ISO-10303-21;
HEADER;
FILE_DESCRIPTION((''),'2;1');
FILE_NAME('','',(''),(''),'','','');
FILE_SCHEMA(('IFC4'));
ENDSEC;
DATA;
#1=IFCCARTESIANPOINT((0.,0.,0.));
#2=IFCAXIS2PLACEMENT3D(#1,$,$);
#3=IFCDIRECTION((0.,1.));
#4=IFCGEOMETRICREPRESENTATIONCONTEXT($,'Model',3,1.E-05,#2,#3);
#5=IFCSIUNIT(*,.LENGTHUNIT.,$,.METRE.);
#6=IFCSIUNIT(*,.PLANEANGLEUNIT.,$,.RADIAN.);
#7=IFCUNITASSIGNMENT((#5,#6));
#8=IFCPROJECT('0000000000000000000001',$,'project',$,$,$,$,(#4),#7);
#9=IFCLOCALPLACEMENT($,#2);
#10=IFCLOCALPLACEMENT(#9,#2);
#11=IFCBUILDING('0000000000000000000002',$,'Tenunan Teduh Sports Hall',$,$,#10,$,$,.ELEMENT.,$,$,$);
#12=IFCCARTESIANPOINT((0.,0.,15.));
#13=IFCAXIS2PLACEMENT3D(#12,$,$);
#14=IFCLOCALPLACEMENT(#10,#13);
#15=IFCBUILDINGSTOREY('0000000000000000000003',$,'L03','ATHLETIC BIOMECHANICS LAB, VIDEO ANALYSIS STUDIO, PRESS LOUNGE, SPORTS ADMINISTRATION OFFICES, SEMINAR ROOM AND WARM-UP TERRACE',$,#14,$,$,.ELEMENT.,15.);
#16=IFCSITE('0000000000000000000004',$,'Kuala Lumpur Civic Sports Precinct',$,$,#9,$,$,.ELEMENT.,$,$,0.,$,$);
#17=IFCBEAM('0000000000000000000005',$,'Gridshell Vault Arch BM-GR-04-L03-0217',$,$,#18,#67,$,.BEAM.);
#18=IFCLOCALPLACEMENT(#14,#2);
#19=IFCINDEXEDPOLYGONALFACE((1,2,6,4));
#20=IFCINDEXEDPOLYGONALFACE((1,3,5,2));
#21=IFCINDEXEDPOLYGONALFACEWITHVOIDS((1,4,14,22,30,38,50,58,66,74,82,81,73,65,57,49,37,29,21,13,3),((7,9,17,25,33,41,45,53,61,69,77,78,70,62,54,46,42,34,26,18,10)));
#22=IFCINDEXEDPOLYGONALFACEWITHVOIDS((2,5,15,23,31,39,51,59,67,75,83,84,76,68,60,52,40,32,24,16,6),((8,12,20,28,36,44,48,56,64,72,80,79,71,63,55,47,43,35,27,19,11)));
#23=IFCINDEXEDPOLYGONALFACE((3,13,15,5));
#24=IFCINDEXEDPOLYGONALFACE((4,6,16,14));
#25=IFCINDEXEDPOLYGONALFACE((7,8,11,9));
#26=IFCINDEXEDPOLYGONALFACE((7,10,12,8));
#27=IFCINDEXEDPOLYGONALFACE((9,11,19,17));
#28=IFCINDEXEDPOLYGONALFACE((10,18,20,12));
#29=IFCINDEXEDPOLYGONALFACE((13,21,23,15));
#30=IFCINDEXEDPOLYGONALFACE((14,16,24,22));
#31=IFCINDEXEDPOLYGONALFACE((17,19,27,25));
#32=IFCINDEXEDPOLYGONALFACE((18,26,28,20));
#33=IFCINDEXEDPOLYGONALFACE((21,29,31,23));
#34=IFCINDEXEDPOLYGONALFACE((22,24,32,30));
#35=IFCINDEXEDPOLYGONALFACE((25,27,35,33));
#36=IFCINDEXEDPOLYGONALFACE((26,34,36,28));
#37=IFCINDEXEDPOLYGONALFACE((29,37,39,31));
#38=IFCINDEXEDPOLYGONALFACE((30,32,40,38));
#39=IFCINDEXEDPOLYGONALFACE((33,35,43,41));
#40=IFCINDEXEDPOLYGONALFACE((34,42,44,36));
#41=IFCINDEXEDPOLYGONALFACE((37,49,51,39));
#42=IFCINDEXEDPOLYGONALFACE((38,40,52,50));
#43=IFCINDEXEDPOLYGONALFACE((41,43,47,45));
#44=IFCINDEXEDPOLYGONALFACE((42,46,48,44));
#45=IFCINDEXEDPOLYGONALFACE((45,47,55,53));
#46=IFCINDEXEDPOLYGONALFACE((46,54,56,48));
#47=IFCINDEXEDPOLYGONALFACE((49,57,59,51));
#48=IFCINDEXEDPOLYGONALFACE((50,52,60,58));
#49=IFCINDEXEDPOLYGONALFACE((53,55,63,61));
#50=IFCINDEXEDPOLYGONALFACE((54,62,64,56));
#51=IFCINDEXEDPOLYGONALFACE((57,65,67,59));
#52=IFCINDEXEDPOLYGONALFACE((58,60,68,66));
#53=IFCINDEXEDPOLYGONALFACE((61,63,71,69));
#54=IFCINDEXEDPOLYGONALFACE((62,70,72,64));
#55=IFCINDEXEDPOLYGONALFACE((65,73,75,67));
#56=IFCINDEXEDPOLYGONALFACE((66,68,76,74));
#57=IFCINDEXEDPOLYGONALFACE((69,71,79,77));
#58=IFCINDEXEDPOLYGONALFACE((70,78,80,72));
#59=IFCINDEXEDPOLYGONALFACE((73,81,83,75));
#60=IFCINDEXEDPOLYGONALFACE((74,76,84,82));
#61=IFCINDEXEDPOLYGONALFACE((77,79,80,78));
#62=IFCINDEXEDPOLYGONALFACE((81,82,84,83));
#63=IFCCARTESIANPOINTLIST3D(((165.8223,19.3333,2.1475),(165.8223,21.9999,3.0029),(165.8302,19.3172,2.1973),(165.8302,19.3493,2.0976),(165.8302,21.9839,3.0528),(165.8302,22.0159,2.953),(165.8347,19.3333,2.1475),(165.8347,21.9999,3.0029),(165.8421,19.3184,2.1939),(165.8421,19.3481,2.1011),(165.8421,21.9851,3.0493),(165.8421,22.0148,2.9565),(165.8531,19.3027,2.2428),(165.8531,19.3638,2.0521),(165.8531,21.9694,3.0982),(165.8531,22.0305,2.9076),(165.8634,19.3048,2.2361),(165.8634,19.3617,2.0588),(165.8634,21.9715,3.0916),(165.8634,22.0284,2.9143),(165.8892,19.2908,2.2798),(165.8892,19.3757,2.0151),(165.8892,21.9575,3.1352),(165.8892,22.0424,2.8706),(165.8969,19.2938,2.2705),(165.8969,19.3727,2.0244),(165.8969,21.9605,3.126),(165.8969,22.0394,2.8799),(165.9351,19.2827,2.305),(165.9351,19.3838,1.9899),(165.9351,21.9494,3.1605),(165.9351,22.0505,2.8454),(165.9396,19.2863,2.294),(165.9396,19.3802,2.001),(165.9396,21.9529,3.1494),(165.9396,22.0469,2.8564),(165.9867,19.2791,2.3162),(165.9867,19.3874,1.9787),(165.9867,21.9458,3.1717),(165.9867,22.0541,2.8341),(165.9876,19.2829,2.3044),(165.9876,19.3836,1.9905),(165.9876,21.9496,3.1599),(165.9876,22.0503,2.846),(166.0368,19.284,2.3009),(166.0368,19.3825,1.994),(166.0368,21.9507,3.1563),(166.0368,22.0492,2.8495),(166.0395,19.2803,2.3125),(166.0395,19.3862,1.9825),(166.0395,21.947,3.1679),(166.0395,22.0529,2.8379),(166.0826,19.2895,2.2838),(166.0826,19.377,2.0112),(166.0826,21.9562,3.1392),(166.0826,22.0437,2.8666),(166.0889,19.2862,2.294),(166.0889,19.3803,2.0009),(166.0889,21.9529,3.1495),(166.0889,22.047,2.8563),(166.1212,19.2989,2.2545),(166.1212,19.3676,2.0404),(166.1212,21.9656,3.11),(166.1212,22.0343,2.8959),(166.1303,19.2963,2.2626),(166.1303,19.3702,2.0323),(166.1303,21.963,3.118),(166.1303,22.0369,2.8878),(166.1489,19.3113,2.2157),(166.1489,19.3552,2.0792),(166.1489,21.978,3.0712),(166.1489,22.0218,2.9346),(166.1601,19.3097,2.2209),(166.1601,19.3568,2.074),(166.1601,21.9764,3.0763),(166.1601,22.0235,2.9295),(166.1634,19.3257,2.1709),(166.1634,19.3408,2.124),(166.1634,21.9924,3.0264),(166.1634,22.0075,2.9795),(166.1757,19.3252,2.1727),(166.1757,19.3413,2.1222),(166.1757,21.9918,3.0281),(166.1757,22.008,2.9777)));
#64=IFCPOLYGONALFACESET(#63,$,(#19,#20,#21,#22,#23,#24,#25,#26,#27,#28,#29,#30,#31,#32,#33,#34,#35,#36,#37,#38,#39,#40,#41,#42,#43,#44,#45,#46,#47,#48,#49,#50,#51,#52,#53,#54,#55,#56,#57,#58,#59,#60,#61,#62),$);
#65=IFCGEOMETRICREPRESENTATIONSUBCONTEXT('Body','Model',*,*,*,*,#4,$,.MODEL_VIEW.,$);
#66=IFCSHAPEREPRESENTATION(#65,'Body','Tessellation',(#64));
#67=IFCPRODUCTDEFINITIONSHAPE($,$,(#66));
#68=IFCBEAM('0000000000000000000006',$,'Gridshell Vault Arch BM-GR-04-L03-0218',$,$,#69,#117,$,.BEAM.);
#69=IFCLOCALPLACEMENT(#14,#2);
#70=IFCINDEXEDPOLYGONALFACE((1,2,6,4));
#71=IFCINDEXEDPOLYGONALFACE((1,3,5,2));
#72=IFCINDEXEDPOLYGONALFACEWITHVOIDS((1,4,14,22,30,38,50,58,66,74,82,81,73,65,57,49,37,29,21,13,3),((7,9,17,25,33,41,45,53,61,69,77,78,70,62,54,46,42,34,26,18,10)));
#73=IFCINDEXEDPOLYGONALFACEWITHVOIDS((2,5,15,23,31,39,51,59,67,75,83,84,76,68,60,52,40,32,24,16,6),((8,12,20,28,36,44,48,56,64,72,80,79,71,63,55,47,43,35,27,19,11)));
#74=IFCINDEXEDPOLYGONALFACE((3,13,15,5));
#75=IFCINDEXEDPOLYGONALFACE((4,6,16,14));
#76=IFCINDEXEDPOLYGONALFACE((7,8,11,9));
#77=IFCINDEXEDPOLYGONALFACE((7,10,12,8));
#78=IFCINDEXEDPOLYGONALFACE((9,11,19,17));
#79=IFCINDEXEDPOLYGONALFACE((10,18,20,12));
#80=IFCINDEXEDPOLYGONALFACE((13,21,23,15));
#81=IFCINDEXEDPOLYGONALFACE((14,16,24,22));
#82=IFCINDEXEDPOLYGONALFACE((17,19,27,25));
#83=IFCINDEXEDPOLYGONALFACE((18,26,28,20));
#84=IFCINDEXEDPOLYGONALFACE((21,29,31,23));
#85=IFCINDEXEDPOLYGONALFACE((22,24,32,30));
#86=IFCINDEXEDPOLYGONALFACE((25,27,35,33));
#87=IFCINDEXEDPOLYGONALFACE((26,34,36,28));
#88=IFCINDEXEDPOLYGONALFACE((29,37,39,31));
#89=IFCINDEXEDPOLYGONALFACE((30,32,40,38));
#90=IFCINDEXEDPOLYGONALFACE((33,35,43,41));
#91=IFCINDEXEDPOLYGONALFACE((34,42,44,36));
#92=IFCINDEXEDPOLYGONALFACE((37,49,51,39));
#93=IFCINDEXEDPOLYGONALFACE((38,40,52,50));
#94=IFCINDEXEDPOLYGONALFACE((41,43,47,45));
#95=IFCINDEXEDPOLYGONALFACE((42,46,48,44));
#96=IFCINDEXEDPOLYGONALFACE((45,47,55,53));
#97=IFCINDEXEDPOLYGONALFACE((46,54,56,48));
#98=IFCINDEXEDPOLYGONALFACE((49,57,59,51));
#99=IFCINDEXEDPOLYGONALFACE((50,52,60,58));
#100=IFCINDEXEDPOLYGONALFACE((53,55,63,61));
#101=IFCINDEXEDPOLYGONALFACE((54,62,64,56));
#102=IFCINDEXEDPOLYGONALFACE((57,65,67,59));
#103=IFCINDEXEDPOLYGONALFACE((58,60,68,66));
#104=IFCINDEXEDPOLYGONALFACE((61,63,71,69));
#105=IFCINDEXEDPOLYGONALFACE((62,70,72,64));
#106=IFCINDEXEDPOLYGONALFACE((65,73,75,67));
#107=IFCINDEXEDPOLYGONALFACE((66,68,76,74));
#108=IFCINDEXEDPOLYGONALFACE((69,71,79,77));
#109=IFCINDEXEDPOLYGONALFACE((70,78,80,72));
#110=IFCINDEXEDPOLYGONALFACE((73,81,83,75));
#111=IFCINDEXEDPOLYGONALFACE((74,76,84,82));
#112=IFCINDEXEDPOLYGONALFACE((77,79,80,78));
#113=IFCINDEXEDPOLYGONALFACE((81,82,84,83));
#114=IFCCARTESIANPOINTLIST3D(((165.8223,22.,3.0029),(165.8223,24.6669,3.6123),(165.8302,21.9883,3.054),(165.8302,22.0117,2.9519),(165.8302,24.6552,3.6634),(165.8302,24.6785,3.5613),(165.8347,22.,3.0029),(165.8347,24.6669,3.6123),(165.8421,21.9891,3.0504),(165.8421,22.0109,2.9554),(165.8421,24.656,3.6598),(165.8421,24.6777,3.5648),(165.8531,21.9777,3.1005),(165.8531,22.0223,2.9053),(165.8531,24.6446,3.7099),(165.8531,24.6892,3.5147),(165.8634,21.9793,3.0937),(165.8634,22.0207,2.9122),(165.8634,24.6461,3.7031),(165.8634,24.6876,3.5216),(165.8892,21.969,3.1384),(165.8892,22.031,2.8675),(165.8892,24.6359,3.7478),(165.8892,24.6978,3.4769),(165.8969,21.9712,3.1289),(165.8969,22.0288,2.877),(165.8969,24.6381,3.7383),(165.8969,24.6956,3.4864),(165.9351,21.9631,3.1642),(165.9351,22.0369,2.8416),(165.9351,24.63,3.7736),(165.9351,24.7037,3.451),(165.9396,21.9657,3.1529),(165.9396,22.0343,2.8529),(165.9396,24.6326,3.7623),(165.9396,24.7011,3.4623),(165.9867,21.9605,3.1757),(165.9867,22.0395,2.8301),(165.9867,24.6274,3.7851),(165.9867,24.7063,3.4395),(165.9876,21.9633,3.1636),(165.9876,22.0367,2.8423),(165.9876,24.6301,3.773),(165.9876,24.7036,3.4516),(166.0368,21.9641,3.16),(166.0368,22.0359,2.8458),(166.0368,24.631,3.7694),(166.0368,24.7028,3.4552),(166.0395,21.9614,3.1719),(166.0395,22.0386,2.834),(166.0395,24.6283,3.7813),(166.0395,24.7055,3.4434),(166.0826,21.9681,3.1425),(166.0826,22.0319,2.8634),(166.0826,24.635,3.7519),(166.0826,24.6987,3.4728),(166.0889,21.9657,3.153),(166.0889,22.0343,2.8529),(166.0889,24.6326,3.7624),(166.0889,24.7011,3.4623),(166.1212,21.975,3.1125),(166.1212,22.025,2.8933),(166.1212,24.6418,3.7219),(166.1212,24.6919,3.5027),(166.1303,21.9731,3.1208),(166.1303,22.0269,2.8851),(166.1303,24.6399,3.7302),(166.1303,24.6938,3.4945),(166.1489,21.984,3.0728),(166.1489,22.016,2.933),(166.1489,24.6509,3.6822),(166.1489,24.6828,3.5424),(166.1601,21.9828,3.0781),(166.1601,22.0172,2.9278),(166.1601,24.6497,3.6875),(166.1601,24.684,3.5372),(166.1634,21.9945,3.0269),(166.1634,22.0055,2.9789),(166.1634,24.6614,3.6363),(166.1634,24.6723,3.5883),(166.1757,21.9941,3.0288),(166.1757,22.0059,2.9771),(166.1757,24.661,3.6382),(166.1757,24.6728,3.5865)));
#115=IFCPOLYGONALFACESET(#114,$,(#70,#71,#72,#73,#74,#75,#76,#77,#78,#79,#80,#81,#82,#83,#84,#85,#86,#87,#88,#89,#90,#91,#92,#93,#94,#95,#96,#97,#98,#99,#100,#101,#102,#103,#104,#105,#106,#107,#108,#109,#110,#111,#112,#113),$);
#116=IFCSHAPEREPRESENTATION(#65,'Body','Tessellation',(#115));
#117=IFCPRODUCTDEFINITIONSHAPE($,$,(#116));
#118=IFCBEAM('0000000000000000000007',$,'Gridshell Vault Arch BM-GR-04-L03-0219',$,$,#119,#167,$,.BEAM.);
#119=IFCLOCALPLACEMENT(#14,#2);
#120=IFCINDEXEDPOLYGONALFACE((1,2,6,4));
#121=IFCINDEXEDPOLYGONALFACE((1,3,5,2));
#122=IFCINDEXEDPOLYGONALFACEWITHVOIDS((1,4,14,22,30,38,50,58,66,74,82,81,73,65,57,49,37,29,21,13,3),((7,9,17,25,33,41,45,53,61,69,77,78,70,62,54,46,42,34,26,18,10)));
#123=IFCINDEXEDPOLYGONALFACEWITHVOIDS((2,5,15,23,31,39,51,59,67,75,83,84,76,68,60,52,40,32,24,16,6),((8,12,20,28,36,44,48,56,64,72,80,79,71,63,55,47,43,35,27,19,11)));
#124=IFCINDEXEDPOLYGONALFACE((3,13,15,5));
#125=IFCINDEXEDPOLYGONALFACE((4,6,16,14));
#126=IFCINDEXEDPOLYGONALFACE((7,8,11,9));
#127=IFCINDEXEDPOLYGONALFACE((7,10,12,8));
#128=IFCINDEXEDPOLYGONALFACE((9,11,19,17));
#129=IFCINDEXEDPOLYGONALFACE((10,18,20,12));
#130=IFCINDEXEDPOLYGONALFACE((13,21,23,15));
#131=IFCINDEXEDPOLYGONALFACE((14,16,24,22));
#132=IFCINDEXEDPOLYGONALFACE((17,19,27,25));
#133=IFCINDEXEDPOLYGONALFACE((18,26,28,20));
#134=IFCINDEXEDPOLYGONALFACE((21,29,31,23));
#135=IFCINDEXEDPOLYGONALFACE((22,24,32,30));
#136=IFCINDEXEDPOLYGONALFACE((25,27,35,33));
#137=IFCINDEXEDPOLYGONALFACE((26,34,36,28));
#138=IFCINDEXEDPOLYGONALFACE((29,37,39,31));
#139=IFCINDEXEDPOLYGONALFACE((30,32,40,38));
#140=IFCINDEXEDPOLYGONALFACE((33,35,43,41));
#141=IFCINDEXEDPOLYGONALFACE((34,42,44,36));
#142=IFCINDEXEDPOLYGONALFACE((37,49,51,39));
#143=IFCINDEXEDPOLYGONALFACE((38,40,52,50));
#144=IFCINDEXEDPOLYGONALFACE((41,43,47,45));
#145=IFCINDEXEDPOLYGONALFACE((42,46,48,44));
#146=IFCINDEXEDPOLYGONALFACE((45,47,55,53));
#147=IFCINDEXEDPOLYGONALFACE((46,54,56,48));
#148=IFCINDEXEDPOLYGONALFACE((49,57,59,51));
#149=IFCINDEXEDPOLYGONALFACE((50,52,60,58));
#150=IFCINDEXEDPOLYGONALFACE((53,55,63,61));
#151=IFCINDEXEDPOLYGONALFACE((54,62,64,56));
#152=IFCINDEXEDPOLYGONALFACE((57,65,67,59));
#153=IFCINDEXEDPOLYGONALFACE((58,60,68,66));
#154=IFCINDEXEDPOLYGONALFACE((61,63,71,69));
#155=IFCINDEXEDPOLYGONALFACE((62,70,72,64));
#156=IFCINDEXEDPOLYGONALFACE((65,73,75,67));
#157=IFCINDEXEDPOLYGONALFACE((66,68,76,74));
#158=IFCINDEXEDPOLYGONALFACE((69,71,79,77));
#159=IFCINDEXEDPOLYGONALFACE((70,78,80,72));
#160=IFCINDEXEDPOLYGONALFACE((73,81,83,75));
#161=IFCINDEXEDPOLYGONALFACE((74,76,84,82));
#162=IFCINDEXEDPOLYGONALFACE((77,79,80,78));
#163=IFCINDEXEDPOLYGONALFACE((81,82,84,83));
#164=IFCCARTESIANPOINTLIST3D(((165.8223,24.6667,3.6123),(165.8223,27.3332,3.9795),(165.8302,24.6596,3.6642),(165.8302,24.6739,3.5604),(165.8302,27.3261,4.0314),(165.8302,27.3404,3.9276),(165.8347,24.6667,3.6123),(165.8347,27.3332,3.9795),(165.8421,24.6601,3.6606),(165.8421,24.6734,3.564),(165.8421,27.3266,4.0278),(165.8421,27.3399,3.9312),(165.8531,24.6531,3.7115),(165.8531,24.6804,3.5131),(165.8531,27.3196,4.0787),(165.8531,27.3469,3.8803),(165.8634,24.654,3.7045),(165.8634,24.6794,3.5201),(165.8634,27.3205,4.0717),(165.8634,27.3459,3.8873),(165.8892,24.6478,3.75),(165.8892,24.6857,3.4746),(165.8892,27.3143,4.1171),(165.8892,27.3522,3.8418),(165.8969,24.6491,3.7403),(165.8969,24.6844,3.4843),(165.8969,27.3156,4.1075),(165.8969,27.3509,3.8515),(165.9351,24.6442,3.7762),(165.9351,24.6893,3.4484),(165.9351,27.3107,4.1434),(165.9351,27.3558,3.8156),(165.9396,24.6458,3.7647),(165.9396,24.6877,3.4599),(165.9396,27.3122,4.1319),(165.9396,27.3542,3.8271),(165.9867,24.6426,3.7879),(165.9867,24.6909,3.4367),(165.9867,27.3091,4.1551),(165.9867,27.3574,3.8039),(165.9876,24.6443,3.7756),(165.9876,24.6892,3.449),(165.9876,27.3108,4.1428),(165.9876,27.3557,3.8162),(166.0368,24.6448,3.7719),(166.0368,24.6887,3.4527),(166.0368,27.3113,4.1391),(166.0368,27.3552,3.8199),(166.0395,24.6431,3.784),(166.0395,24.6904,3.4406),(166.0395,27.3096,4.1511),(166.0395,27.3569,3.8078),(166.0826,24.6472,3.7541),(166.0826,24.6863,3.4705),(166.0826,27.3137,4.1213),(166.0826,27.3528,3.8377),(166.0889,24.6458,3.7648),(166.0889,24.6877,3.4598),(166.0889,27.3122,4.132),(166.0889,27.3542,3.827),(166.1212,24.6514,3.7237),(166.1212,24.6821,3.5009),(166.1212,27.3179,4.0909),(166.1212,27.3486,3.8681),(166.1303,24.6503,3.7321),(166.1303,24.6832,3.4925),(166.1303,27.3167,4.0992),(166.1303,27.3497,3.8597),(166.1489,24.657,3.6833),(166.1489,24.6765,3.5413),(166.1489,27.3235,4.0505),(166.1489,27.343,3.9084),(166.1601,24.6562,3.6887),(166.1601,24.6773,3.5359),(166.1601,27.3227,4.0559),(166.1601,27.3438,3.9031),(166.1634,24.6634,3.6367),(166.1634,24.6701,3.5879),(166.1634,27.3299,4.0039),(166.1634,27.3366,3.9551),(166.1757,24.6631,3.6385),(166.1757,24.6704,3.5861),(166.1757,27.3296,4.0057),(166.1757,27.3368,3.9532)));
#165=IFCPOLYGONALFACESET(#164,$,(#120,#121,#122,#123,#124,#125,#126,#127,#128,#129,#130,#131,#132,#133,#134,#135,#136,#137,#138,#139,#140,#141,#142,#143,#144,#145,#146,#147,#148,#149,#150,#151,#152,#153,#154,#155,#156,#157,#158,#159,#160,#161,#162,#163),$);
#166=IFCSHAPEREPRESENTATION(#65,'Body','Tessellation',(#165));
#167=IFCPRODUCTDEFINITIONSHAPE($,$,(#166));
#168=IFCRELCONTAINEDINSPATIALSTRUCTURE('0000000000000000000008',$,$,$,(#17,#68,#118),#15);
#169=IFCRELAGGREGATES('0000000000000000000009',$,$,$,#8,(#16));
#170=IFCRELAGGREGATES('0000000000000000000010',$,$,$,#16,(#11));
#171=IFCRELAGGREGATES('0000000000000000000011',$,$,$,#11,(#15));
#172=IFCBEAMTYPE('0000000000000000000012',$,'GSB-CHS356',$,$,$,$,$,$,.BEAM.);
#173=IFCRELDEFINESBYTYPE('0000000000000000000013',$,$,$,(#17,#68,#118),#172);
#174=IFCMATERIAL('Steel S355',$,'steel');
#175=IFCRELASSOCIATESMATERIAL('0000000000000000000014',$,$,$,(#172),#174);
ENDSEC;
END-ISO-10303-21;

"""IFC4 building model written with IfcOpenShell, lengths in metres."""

from ifc_helpers import new_model, si_unit, direction, frame, origin, origin_2d, place, context, subcontext, project, spatial, hollow_circle, extrude, material, material_profile, profile_set, type_object, element, save


model = new_model("IFC4")

# Units and contexts
model_context = context("Model", 3, precision=1e-05, world=origin(), true_north=direction((0.0, 1.0)))
body_context = subcontext(model_context, "Body", "Model", "MODEL_VIEW")
ifc_project = project(units=[si_unit("LENGTHUNIT", "METRE"), si_unit("PLANEANGLEUNIT", "RADIAN")], contexts=[model_context])

# Site, building, storey
site_placement = place(None, origin())
site = spatial("IfcSite", under=ifc_project, at=site_placement, Name="Kuala Lumpur Civic Sports Precinct", CompositionType="ELEMENT", RefElevation=0.0)
building_placement = place(site_placement, origin())
building = spatial("IfcBuilding", under=site, at=building_placement, Name="Tenunan Teduh Sports Hall", CompositionType="ELEMENT")
storey_placement = place(building_placement, frame((0.0, 0.0, 15.0)))
storey = spatial("IfcBuildingStorey", under=building, at=storey_placement, Name="L03", Description="ATHLETIC BIOMECHANICS LAB, VIDEO ANALYSIS STUDIO, PRESS LOUNGE, SPORTS ADMINISTRATION OFFICES, SEMINAR ROOM AND WARM-UP TERRACE", CompositionType="ELEMENT", Elevation=15.0)

# Beams
ifc_material_1 = material(Name="Steel S355", Category="steel")
ifc_material_profile_1 = material_profile(ifc_material_1, hollow_circle(Radius=0.1777, WallThickness=0.0125, at=origin_2d()), Name="CHS 355.6x12.5")
ifc_profile_set_1 = profile_set([ifc_material_profile_1], Name="Steel S355")
beam_type_1 = type_object("IfcBeamType", Name="GSB-CHS356", PredefinedType="BEAM", material=ifc_profile_set_1)
beam_1_placement = place(storey_placement, frame((166.0, 19.3333, 2.1475), z_axis=(0.0, 0.952205, 0.305459), x_axis=(-1.0, 0.0, 0.0)))
element("IfcBeam", 1, at=beam_1_placement, inside=storey, type_object=beam_type_1, Name="Gridshell Vault Arch BM-GR-04-L03-0217", PredefinedType="BEAM", context=body_context, shape_type="SweptSolid", body=[
    extrude(hollow_circle(Radius=0.1777, WallThickness=0.0125, at=origin_2d()), origin(), (0.0, 0.0, 1.0), 2.8005),
])
beam_2_placement = place(storey_placement, frame((166.0, 22.0, 3.0029), z_axis=(0.0, 0.974872, 0.222767), x_axis=(-1.0, 0.0, 0.0)))
element("IfcBeam", 2, at=beam_2_placement, inside=storey, type_object=beam_type_1, Name="Gridshell Vault Arch BM-GR-04-L03-0218", PredefinedType="BEAM", context=body_context, shape_type="SweptSolid", body=[
    extrude(hollow_circle(Radius=0.1777, WallThickness=0.0125, at=origin_2d()), origin(), (0.0, 0.0, 1.0), 2.7356),
])
beam_3_placement = place(storey_placement, frame((166.0, 24.6667, 3.6123), z_axis=(0.0, 0.990652, 0.136416), x_axis=(-1.0, 0.0, 0.0)))
element("IfcBeam", 3, at=beam_3_placement, inside=storey, type_object=beam_type_1, Name="Gridshell Vault Arch BM-GR-04-L03-0219", PredefinedType="BEAM", context=body_context, shape_type="SweptSolid", body=[
    extrude(hollow_circle(Radius=0.1777, WallThickness=0.0125, at=origin_2d()), origin(), (0.0, 0.0, 1.0), 2.6917),
])

save(model, "model.ifc")
